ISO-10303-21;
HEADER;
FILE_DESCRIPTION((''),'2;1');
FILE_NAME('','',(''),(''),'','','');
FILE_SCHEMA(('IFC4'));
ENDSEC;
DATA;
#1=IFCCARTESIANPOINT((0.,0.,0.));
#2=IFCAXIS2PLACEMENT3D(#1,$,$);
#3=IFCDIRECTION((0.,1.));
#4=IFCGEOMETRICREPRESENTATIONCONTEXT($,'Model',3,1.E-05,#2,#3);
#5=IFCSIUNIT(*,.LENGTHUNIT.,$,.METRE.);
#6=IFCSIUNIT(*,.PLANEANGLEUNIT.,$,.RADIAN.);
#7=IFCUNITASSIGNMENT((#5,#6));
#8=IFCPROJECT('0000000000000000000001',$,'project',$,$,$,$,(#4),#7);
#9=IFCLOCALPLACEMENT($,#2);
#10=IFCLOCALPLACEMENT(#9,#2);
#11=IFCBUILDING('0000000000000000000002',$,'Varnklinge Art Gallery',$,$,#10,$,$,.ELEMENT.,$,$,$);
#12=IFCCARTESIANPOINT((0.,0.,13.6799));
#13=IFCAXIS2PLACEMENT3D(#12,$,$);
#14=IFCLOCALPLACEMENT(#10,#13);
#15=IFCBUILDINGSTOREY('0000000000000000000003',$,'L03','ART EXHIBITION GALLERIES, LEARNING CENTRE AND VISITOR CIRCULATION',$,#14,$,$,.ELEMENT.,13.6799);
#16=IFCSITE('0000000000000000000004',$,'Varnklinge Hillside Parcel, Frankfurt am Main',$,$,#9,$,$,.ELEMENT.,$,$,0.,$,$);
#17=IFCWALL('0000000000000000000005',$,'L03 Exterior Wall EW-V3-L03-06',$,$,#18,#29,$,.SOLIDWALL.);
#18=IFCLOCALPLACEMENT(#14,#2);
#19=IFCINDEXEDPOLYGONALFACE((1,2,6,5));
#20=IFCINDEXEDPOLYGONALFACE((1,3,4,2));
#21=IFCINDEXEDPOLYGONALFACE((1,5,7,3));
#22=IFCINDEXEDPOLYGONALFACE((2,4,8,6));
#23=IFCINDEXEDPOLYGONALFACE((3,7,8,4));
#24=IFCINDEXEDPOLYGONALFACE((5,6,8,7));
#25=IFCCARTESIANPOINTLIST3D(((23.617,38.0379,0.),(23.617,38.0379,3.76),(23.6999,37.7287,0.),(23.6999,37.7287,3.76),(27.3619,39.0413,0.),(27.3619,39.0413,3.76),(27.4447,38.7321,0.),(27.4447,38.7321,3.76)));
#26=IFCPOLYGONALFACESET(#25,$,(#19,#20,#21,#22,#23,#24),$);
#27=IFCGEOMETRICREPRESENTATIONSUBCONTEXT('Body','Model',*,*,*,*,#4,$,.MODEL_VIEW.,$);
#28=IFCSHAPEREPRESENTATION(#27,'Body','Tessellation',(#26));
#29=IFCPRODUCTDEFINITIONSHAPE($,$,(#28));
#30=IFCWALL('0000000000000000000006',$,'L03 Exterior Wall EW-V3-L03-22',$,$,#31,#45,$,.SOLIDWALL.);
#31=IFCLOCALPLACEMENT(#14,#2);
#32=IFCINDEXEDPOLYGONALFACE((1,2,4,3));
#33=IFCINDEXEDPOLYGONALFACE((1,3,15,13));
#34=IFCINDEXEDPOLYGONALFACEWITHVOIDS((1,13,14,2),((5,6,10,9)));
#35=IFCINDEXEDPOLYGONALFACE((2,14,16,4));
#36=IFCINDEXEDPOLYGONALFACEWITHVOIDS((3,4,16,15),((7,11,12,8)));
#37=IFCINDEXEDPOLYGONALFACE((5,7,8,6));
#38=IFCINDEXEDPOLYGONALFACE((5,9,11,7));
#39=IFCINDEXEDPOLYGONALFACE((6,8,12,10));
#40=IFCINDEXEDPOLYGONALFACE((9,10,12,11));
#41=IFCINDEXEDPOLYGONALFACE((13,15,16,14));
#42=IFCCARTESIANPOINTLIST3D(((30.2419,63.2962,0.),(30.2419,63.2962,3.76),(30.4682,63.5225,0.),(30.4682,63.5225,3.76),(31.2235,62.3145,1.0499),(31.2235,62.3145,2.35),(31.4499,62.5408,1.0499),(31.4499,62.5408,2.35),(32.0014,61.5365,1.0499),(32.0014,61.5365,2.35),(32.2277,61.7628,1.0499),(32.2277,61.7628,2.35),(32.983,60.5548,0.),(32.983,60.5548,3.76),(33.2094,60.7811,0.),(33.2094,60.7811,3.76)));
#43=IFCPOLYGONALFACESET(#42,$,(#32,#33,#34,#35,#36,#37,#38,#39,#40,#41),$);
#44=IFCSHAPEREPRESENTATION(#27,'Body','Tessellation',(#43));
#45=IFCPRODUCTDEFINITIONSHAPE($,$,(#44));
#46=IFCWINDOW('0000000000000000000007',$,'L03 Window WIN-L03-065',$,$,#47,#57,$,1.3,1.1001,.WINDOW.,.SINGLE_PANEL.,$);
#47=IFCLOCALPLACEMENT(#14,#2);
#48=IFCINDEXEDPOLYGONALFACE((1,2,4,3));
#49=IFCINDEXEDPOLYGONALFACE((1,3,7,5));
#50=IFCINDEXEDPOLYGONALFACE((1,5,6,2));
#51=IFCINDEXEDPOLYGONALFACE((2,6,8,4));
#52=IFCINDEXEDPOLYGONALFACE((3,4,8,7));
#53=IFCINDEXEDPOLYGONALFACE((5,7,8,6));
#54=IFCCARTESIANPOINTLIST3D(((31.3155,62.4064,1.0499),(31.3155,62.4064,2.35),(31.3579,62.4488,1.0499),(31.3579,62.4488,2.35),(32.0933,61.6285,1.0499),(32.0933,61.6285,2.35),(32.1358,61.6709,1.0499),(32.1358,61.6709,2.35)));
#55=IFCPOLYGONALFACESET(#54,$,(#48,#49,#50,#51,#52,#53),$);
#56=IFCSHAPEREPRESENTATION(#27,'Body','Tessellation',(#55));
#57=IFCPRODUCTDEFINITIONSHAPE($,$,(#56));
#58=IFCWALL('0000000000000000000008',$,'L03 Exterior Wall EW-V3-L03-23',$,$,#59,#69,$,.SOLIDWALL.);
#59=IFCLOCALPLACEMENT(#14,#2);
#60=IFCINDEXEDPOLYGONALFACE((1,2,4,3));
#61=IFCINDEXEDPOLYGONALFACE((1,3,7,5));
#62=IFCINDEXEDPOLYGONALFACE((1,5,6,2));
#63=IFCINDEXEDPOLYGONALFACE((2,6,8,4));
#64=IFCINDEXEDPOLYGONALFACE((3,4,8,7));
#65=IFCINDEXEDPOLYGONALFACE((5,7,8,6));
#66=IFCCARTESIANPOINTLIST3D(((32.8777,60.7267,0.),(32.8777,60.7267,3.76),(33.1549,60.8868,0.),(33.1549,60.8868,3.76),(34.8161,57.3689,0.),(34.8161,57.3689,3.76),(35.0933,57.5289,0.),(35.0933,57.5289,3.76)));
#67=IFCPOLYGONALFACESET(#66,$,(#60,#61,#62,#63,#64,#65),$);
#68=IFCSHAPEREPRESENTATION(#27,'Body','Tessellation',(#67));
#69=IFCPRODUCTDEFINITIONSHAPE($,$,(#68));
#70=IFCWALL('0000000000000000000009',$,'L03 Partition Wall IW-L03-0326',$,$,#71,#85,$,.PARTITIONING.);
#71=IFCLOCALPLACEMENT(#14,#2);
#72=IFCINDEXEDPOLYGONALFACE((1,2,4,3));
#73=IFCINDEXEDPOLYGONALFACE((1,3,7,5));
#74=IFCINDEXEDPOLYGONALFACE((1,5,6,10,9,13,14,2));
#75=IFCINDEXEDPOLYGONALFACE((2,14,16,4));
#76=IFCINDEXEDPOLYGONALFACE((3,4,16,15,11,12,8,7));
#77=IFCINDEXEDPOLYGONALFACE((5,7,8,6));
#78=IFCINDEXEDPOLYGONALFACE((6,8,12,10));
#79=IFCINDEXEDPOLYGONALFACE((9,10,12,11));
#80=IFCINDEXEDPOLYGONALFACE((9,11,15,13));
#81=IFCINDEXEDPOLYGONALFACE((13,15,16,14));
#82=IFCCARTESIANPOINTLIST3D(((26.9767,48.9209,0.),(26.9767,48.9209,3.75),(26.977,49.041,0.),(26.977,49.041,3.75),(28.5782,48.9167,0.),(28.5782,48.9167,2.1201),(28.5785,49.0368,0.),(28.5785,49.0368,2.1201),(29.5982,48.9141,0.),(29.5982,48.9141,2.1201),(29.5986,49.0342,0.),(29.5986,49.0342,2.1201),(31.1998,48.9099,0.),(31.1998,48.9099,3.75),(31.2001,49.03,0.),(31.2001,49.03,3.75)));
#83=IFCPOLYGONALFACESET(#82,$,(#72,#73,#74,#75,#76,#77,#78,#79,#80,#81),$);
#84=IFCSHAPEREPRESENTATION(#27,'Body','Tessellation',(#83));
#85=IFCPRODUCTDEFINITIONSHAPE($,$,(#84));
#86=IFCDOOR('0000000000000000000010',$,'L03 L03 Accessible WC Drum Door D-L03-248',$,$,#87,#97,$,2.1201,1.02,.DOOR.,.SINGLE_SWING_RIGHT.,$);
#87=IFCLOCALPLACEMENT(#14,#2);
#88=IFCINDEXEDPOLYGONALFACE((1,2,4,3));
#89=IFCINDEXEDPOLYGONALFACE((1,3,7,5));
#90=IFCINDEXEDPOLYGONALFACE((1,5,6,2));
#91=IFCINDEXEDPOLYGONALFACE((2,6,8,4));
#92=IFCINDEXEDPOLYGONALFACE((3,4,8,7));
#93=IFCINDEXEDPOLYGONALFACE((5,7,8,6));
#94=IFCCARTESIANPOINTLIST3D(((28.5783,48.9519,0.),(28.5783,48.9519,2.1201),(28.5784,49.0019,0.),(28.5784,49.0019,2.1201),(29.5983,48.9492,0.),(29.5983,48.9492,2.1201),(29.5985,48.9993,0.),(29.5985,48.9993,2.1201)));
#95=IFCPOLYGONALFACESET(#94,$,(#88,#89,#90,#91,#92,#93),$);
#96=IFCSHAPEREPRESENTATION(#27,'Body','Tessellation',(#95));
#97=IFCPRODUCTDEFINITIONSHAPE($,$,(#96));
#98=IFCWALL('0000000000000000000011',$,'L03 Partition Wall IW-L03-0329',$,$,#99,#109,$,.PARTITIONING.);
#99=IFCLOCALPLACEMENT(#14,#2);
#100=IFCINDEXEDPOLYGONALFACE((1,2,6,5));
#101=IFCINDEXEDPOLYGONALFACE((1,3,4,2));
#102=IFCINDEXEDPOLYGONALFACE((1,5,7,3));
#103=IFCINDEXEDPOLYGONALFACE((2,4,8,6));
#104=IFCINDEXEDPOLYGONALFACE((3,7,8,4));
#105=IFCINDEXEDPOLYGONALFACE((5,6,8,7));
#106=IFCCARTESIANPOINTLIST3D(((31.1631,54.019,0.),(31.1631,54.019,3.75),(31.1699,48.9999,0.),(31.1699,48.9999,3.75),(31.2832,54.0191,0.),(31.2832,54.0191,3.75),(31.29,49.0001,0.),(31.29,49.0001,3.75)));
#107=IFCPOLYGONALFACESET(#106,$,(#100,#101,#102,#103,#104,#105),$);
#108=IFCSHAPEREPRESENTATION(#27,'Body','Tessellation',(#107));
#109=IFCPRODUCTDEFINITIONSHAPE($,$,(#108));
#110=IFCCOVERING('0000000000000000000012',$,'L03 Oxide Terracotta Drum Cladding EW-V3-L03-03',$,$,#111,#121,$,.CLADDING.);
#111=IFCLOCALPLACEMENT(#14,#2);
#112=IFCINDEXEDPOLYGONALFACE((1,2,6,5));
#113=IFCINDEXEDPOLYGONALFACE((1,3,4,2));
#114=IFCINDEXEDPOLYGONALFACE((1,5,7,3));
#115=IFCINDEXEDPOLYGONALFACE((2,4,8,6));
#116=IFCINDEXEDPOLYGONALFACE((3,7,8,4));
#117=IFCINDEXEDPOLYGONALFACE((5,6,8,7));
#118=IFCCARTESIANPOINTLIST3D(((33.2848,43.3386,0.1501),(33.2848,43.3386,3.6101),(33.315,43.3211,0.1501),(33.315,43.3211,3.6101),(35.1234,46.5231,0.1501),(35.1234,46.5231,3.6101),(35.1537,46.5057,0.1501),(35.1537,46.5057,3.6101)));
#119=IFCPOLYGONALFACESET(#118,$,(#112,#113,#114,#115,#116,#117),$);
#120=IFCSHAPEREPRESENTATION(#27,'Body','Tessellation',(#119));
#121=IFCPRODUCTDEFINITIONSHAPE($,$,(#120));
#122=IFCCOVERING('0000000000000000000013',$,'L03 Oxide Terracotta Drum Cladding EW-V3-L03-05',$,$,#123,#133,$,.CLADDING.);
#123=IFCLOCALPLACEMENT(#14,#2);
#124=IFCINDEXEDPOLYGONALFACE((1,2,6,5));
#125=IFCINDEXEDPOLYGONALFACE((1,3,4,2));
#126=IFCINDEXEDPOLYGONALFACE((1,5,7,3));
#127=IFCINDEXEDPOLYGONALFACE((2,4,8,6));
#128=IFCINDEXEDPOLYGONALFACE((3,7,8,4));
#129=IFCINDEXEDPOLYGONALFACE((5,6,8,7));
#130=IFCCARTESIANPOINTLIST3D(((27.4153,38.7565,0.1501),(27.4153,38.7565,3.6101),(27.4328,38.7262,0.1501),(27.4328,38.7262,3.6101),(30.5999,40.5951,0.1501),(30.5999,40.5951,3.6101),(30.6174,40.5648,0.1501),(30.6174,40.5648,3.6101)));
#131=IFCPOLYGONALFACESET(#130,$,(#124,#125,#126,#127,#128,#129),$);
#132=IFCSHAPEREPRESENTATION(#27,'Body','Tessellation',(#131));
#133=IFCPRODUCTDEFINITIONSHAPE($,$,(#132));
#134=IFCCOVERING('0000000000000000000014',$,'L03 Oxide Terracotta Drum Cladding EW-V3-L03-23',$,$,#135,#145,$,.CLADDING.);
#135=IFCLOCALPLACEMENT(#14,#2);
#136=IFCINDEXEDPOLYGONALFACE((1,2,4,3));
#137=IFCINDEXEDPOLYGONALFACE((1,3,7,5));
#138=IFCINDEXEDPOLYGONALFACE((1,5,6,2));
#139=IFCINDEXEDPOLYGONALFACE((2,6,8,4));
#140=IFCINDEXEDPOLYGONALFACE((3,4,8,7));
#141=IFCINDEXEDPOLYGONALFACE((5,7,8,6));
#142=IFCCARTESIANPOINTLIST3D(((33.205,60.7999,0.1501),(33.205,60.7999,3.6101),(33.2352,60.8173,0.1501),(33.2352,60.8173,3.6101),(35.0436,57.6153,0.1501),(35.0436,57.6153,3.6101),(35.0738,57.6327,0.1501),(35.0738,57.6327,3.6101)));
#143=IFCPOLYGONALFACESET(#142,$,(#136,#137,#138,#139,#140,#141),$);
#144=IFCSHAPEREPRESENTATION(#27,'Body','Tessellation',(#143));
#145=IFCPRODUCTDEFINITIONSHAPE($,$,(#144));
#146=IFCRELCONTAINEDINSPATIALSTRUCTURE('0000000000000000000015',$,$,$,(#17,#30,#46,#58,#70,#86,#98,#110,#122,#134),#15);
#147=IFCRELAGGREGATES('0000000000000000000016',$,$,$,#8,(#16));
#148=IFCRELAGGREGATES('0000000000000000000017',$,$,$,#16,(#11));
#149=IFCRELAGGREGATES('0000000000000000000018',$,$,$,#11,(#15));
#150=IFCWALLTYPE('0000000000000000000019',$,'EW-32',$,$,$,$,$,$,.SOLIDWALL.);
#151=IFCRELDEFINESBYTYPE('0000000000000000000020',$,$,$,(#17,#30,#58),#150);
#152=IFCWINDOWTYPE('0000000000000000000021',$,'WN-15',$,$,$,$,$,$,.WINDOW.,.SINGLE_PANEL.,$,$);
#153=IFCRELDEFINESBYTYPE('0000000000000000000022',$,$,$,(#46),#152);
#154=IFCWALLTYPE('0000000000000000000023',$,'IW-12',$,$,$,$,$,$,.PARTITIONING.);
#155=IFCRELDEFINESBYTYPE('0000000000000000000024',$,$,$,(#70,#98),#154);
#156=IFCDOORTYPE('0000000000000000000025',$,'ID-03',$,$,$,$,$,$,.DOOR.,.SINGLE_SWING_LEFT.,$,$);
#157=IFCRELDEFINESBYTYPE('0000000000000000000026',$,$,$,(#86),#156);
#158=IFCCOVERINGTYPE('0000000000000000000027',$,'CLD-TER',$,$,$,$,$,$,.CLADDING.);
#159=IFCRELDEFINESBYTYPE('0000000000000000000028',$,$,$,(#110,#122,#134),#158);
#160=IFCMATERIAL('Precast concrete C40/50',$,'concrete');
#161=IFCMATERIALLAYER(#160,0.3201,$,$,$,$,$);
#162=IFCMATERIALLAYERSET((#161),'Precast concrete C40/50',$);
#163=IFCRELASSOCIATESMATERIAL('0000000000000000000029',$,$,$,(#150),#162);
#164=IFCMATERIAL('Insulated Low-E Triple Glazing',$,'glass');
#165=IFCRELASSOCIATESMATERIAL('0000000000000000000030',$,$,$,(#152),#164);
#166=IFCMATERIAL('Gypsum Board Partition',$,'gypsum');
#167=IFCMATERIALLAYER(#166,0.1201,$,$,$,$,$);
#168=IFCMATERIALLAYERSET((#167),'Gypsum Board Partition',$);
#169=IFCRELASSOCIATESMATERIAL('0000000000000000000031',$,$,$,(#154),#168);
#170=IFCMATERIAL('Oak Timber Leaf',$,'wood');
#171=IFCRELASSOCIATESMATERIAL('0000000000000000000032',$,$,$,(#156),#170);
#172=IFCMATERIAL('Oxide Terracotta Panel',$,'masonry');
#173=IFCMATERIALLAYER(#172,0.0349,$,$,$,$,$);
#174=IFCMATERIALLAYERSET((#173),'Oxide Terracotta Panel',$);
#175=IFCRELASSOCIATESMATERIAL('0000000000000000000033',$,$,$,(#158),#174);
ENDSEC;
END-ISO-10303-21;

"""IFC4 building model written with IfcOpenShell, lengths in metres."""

from ifc_helpers import new_model, si_unit, direction, frame, frame_2d, origin, origin_2d, place, context, subcontext, project, spatial, rectangle, extrude, material, layer, layer_set, type_object, element, fill, save


model = new_model("IFC4")

# Units and contexts
model_context = context("Model", 3, precision=1e-05, world=origin(), true_north=direction((0.0, 1.0)))
body_context = subcontext(model_context, "Body", "Model", "MODEL_VIEW")
ifc_project = project(units=[si_unit("LENGTHUNIT", "METRE"), si_unit("PLANEANGLEUNIT", "RADIAN")], contexts=[model_context])

# Site, building, storey
site_placement = place(None, origin())
site = spatial("IfcSite", under=ifc_project, at=site_placement, Name="Varnklinge Hillside Parcel, Frankfurt am Main", CompositionType="ELEMENT", RefElevation=0.0)
building_placement = place(site_placement, origin())
building = spatial("IfcBuilding", under=site, at=building_placement, Name="Varnklinge Art Gallery", CompositionType="ELEMENT")
storey_placement = place(building_placement, frame((0.0, 0.0, 13.6799)))
storey = spatial("IfcBuildingStorey", under=building, at=storey_placement, Name="L03", Description="ART EXHIBITION GALLERIES, LEARNING CENTRE AND VISITOR CIRCULATION", CompositionType="ELEMENT", Elevation=13.6799)

# Shared definitions
ifc_material_1 = material(Name="Precast concrete C40/50", Category="concrete")
ifc_layer_1 = layer(ifc_material_1, 0.3201)
ifc_layer_set_1 = layer_set([ifc_layer_1], Name="Precast concrete C40/50")
wall_type_1 = type_object("IfcWallType", Name="EW-32", PredefinedType="SOLIDWALL", material=ifc_layer_set_1)
ifc_material_2 = material(Name="Insulated Low-E Triple Glazing", Category="glass")
window_type = type_object("IfcWindowType", Name="WN-15", PartitioningType="SINGLE_PANEL", PredefinedType="WINDOW", material=ifc_material_2)

# Wall
wall_1_placement = place(storey_placement, frame((27.4033, 38.8867, 0.0), z_axis=(0.0, 0.0, 1.0), x_axis=(-0.965927, -0.258815, 0.0)))
element("IfcWall", 1, at=wall_1_placement, inside=storey, type_object=wall_type_1, Name="L03 Exterior Wall EW-V3-L03-06", PredefinedType="SOLIDWALL", context=body_context, shape_type="SweptSolid", body=[
    extrude(rectangle(XDim=3.877, YDim=0.3201, at=frame_2d((1.9385, 0.0))), origin(), (0.0, 0.0, 1.0), 3.76),
])

# Wall, opening, window
wall_2_placement = place(storey_placement, frame((30.355, 63.4094, 0.0), z_axis=(0.0, 0.0, 1.0), x_axis=(0.707075, -0.707138, 0.0)))
wall_2 = element("IfcWall", 2, at=wall_2_placement, inside=storey, type_object=wall_type_1, Name="L03 Exterior Wall EW-V3-L03-22", PredefinedType="SOLIDWALL", context=body_context, shape_type="SweptSolid", body=[
    extrude(rectangle(XDim=3.8767, YDim=0.3201, at=frame_2d((1.9385, 0.0))), origin(), (0.0, 0.0, 1.0), 3.76),
])
opening_1_placement = place(wall_2_placement, frame((1.3884, 0.0, 1.05)))
opening_1 = element("IfcOpeningElement", 3, at=opening_1_placement, cuts=wall_2, PredefinedType="OPENING", context=body_context, shape_type="SweptSolid", body=[
    extrude(rectangle(XDim=1.1001, YDim=1.3, at=frame_2d((0.55, 0.6499))), frame((0.0, 0.1702, 0.0), z_axis=(0.0, -1.0, 0.0), x_axis=(1.0, 0.0, 0.0)), (0.0, 0.0, 1.0), 0.3401),
])
window_1_placement = place(opening_1_placement, origin())
window_1 = element("IfcWindow", 4, at=window_1_placement, inside=storey, type_object=window_type, Name="L03 Window WIN-L03-065", OverallHeight=1.3, OverallWidth=1.1001, PartitioningType="SINGLE_PANEL", PredefinedType="WINDOW", context=body_context, shape_type="SweptSolid", body=[
    extrude(rectangle(XDim=1.1001, YDim=1.3, at=frame_2d((0.55, 0.6499))), frame((0.0, 0.03, 0.0), z_axis=(0.0, -1.0, 0.0), x_axis=(1.0, 0.0, 0.0)), (0.0, 0.0, 1.0), 0.0601),
])
fill(opening_1, window_1)

# Wall
wall_3_placement = place(storey_placement, frame((33.0164, 60.8066, 0.0), z_axis=(0.0, 0.0, 1.0), x_axis=(0.499959, -0.866049, 0.0)))
element("IfcWall", 5, at=wall_3_placement, inside=storey, type_object=wall_type_1, Name="L03 Exterior Wall EW-V3-L03-23", PredefinedType="SOLIDWALL", context=body_context, shape_type="SweptSolid", body=[
    extrude(rectangle(XDim=3.8772, YDim=0.3201, at=frame_2d((1.9385, 0.0))), origin(), (0.0, 0.0, 1.0), 3.76),
])

# Wall, opening, door
ifc_material_3 = material(Name="Gypsum Board Partition", Category="gypsum")
ifc_layer_2 = layer(ifc_material_3, 0.1201)
ifc_layer_set_2 = layer_set([ifc_layer_2], Name="Gypsum Board Partition")
wall_type_2 = type_object("IfcWallType", Name="IW-12", PredefinedType="PARTITIONING", material=ifc_layer_set_2)
wall_4_placement = place(storey_placement, frame((31.2, 48.97, 0.0), z_axis=(0.0, 0.0, 1.0), x_axis=(-0.999997, 0.002601, 0.0)))
wall_4 = element("IfcWall", 6, at=wall_4_placement, inside=storey, type_object=wall_type_2, Name="L03 Partition Wall IW-L03-0326", PredefinedType="PARTITIONING", context=body_context, shape_type="SweptSolid", body=[
    extrude(rectangle(XDim=4.2231, YDim=0.1201, at=frame_2d((2.1116, 0.0))), origin(), (0.0, 0.0, 1.0), 3.75),
])
opening_2_placement = place(wall_4_placement, frame((1.6016, 0.0, 0.0)))
opening_2 = element("IfcOpeningElement", 7, at=opening_2_placement, cuts=wall_4, PredefinedType="OPENING", context=body_context, shape_type="SweptSolid", body=[
    extrude(rectangle(XDim=1.02, YDim=2.1201, at=frame_2d((0.51, 1.0601))), frame((0.0, 0.0701, 0.0), z_axis=(0.0, -1.0, 0.0), x_axis=(1.0, 0.0, 0.0)), (0.0, 0.0, 1.0), 0.1401),
])
ifc_material_4 = material(Name="Oak Timber Leaf", Category="wood")
door_type = type_object("IfcDoorType", Name="ID-03", OperationType="SINGLE_SWING_LEFT", PredefinedType="DOOR", material=ifc_material_4)
door_placement = place(opening_2_placement, origin())
door = element("IfcDoor", 8, at=door_placement, inside=storey, type_object=door_type, Name="L03 L03 Accessible WC Drum Door D-L03-248", OperationType="SINGLE_SWING_RIGHT", OverallHeight=2.1201, OverallWidth=1.02, PredefinedType="DOOR", context=body_context, shape_type="SweptSolid", body=[
    extrude(rectangle(XDim=1.02, YDim=2.1201, at=frame_2d((0.51, 1.0601))), frame((0.0, 0.0249, 0.0), z_axis=(0.0, -1.0, 0.0), x_axis=(1.0, 0.0, 0.0)), (0.0, 0.0, 1.0), 0.05),
])
fill(opening_2, door)

# Wall
wall_5_placement = place(storey_placement, frame((31.2231, 54.019, 0.0), z_axis=(0.0, 0.0, 1.0), x_axis=(0.001362, -0.999999, 0.0)))
element("IfcWall", 9, at=wall_5_placement, inside=storey, type_object=wall_type_2, Name="L03 Partition Wall IW-L03-0329", PredefinedType="PARTITIONING", context=body_context, shape_type="SweptSolid", body=[
    extrude(rectangle(XDim=5.019, YDim=0.1201, at=frame_2d((2.5095, 0.0))), origin(), (0.0, 0.0, 1.0), 3.75),
])

# Coverings
ifc_material_5 = material(Name="Oxide Terracotta Panel", Category="masonry")
ifc_layer_3 = layer(ifc_material_5, 0.0349)
ifc_layer_set_3 = layer_set([ifc_layer_3], Name="Oxide Terracotta Panel")
covering_type = type_object("IfcCoveringType", Name="CLD-TER", PredefinedType="CLADDING", material=ifc_layer_set_3)
for number, where, z_axis, x_axis, name in (
    (10, (34.2192, 44.9221, 0.1501), (0.0, 0.0, 1.0), (-0.5, -0.866025, 0.0), "L03 Oxide Terracotta Drum Cladding EW-V3-L03-03"),
    (11, (29.0164, 39.6606, 0.1501), (0.0, 0.0, 1.0), (-0.866025, -0.5, 0.0), "L03 Oxide Terracotta Drum Cladding EW-V3-L03-05"),
    (12, (34.1394, 59.2163, 0.1501), (0.0, 0.0, 1.0), (0.5, -0.866025, 0.0), "L03 Oxide Terracotta Drum Cladding EW-V3-L03-23"),
):
    element("IfcCovering", number, at=place(storey_placement, frame(where, z_axis=z_axis, x_axis=x_axis)), inside=storey, type_object=covering_type, Name=name, PredefinedType="CLADDING", context=body_context, shape_type="SweptSolid", body=[
        extrude(rectangle(XDim=3.6772, YDim=0.0349, at=origin_2d()), origin(), (0.0, 0.0, 1.0), 3.46),
    ])

save(model, "model.ifc")
